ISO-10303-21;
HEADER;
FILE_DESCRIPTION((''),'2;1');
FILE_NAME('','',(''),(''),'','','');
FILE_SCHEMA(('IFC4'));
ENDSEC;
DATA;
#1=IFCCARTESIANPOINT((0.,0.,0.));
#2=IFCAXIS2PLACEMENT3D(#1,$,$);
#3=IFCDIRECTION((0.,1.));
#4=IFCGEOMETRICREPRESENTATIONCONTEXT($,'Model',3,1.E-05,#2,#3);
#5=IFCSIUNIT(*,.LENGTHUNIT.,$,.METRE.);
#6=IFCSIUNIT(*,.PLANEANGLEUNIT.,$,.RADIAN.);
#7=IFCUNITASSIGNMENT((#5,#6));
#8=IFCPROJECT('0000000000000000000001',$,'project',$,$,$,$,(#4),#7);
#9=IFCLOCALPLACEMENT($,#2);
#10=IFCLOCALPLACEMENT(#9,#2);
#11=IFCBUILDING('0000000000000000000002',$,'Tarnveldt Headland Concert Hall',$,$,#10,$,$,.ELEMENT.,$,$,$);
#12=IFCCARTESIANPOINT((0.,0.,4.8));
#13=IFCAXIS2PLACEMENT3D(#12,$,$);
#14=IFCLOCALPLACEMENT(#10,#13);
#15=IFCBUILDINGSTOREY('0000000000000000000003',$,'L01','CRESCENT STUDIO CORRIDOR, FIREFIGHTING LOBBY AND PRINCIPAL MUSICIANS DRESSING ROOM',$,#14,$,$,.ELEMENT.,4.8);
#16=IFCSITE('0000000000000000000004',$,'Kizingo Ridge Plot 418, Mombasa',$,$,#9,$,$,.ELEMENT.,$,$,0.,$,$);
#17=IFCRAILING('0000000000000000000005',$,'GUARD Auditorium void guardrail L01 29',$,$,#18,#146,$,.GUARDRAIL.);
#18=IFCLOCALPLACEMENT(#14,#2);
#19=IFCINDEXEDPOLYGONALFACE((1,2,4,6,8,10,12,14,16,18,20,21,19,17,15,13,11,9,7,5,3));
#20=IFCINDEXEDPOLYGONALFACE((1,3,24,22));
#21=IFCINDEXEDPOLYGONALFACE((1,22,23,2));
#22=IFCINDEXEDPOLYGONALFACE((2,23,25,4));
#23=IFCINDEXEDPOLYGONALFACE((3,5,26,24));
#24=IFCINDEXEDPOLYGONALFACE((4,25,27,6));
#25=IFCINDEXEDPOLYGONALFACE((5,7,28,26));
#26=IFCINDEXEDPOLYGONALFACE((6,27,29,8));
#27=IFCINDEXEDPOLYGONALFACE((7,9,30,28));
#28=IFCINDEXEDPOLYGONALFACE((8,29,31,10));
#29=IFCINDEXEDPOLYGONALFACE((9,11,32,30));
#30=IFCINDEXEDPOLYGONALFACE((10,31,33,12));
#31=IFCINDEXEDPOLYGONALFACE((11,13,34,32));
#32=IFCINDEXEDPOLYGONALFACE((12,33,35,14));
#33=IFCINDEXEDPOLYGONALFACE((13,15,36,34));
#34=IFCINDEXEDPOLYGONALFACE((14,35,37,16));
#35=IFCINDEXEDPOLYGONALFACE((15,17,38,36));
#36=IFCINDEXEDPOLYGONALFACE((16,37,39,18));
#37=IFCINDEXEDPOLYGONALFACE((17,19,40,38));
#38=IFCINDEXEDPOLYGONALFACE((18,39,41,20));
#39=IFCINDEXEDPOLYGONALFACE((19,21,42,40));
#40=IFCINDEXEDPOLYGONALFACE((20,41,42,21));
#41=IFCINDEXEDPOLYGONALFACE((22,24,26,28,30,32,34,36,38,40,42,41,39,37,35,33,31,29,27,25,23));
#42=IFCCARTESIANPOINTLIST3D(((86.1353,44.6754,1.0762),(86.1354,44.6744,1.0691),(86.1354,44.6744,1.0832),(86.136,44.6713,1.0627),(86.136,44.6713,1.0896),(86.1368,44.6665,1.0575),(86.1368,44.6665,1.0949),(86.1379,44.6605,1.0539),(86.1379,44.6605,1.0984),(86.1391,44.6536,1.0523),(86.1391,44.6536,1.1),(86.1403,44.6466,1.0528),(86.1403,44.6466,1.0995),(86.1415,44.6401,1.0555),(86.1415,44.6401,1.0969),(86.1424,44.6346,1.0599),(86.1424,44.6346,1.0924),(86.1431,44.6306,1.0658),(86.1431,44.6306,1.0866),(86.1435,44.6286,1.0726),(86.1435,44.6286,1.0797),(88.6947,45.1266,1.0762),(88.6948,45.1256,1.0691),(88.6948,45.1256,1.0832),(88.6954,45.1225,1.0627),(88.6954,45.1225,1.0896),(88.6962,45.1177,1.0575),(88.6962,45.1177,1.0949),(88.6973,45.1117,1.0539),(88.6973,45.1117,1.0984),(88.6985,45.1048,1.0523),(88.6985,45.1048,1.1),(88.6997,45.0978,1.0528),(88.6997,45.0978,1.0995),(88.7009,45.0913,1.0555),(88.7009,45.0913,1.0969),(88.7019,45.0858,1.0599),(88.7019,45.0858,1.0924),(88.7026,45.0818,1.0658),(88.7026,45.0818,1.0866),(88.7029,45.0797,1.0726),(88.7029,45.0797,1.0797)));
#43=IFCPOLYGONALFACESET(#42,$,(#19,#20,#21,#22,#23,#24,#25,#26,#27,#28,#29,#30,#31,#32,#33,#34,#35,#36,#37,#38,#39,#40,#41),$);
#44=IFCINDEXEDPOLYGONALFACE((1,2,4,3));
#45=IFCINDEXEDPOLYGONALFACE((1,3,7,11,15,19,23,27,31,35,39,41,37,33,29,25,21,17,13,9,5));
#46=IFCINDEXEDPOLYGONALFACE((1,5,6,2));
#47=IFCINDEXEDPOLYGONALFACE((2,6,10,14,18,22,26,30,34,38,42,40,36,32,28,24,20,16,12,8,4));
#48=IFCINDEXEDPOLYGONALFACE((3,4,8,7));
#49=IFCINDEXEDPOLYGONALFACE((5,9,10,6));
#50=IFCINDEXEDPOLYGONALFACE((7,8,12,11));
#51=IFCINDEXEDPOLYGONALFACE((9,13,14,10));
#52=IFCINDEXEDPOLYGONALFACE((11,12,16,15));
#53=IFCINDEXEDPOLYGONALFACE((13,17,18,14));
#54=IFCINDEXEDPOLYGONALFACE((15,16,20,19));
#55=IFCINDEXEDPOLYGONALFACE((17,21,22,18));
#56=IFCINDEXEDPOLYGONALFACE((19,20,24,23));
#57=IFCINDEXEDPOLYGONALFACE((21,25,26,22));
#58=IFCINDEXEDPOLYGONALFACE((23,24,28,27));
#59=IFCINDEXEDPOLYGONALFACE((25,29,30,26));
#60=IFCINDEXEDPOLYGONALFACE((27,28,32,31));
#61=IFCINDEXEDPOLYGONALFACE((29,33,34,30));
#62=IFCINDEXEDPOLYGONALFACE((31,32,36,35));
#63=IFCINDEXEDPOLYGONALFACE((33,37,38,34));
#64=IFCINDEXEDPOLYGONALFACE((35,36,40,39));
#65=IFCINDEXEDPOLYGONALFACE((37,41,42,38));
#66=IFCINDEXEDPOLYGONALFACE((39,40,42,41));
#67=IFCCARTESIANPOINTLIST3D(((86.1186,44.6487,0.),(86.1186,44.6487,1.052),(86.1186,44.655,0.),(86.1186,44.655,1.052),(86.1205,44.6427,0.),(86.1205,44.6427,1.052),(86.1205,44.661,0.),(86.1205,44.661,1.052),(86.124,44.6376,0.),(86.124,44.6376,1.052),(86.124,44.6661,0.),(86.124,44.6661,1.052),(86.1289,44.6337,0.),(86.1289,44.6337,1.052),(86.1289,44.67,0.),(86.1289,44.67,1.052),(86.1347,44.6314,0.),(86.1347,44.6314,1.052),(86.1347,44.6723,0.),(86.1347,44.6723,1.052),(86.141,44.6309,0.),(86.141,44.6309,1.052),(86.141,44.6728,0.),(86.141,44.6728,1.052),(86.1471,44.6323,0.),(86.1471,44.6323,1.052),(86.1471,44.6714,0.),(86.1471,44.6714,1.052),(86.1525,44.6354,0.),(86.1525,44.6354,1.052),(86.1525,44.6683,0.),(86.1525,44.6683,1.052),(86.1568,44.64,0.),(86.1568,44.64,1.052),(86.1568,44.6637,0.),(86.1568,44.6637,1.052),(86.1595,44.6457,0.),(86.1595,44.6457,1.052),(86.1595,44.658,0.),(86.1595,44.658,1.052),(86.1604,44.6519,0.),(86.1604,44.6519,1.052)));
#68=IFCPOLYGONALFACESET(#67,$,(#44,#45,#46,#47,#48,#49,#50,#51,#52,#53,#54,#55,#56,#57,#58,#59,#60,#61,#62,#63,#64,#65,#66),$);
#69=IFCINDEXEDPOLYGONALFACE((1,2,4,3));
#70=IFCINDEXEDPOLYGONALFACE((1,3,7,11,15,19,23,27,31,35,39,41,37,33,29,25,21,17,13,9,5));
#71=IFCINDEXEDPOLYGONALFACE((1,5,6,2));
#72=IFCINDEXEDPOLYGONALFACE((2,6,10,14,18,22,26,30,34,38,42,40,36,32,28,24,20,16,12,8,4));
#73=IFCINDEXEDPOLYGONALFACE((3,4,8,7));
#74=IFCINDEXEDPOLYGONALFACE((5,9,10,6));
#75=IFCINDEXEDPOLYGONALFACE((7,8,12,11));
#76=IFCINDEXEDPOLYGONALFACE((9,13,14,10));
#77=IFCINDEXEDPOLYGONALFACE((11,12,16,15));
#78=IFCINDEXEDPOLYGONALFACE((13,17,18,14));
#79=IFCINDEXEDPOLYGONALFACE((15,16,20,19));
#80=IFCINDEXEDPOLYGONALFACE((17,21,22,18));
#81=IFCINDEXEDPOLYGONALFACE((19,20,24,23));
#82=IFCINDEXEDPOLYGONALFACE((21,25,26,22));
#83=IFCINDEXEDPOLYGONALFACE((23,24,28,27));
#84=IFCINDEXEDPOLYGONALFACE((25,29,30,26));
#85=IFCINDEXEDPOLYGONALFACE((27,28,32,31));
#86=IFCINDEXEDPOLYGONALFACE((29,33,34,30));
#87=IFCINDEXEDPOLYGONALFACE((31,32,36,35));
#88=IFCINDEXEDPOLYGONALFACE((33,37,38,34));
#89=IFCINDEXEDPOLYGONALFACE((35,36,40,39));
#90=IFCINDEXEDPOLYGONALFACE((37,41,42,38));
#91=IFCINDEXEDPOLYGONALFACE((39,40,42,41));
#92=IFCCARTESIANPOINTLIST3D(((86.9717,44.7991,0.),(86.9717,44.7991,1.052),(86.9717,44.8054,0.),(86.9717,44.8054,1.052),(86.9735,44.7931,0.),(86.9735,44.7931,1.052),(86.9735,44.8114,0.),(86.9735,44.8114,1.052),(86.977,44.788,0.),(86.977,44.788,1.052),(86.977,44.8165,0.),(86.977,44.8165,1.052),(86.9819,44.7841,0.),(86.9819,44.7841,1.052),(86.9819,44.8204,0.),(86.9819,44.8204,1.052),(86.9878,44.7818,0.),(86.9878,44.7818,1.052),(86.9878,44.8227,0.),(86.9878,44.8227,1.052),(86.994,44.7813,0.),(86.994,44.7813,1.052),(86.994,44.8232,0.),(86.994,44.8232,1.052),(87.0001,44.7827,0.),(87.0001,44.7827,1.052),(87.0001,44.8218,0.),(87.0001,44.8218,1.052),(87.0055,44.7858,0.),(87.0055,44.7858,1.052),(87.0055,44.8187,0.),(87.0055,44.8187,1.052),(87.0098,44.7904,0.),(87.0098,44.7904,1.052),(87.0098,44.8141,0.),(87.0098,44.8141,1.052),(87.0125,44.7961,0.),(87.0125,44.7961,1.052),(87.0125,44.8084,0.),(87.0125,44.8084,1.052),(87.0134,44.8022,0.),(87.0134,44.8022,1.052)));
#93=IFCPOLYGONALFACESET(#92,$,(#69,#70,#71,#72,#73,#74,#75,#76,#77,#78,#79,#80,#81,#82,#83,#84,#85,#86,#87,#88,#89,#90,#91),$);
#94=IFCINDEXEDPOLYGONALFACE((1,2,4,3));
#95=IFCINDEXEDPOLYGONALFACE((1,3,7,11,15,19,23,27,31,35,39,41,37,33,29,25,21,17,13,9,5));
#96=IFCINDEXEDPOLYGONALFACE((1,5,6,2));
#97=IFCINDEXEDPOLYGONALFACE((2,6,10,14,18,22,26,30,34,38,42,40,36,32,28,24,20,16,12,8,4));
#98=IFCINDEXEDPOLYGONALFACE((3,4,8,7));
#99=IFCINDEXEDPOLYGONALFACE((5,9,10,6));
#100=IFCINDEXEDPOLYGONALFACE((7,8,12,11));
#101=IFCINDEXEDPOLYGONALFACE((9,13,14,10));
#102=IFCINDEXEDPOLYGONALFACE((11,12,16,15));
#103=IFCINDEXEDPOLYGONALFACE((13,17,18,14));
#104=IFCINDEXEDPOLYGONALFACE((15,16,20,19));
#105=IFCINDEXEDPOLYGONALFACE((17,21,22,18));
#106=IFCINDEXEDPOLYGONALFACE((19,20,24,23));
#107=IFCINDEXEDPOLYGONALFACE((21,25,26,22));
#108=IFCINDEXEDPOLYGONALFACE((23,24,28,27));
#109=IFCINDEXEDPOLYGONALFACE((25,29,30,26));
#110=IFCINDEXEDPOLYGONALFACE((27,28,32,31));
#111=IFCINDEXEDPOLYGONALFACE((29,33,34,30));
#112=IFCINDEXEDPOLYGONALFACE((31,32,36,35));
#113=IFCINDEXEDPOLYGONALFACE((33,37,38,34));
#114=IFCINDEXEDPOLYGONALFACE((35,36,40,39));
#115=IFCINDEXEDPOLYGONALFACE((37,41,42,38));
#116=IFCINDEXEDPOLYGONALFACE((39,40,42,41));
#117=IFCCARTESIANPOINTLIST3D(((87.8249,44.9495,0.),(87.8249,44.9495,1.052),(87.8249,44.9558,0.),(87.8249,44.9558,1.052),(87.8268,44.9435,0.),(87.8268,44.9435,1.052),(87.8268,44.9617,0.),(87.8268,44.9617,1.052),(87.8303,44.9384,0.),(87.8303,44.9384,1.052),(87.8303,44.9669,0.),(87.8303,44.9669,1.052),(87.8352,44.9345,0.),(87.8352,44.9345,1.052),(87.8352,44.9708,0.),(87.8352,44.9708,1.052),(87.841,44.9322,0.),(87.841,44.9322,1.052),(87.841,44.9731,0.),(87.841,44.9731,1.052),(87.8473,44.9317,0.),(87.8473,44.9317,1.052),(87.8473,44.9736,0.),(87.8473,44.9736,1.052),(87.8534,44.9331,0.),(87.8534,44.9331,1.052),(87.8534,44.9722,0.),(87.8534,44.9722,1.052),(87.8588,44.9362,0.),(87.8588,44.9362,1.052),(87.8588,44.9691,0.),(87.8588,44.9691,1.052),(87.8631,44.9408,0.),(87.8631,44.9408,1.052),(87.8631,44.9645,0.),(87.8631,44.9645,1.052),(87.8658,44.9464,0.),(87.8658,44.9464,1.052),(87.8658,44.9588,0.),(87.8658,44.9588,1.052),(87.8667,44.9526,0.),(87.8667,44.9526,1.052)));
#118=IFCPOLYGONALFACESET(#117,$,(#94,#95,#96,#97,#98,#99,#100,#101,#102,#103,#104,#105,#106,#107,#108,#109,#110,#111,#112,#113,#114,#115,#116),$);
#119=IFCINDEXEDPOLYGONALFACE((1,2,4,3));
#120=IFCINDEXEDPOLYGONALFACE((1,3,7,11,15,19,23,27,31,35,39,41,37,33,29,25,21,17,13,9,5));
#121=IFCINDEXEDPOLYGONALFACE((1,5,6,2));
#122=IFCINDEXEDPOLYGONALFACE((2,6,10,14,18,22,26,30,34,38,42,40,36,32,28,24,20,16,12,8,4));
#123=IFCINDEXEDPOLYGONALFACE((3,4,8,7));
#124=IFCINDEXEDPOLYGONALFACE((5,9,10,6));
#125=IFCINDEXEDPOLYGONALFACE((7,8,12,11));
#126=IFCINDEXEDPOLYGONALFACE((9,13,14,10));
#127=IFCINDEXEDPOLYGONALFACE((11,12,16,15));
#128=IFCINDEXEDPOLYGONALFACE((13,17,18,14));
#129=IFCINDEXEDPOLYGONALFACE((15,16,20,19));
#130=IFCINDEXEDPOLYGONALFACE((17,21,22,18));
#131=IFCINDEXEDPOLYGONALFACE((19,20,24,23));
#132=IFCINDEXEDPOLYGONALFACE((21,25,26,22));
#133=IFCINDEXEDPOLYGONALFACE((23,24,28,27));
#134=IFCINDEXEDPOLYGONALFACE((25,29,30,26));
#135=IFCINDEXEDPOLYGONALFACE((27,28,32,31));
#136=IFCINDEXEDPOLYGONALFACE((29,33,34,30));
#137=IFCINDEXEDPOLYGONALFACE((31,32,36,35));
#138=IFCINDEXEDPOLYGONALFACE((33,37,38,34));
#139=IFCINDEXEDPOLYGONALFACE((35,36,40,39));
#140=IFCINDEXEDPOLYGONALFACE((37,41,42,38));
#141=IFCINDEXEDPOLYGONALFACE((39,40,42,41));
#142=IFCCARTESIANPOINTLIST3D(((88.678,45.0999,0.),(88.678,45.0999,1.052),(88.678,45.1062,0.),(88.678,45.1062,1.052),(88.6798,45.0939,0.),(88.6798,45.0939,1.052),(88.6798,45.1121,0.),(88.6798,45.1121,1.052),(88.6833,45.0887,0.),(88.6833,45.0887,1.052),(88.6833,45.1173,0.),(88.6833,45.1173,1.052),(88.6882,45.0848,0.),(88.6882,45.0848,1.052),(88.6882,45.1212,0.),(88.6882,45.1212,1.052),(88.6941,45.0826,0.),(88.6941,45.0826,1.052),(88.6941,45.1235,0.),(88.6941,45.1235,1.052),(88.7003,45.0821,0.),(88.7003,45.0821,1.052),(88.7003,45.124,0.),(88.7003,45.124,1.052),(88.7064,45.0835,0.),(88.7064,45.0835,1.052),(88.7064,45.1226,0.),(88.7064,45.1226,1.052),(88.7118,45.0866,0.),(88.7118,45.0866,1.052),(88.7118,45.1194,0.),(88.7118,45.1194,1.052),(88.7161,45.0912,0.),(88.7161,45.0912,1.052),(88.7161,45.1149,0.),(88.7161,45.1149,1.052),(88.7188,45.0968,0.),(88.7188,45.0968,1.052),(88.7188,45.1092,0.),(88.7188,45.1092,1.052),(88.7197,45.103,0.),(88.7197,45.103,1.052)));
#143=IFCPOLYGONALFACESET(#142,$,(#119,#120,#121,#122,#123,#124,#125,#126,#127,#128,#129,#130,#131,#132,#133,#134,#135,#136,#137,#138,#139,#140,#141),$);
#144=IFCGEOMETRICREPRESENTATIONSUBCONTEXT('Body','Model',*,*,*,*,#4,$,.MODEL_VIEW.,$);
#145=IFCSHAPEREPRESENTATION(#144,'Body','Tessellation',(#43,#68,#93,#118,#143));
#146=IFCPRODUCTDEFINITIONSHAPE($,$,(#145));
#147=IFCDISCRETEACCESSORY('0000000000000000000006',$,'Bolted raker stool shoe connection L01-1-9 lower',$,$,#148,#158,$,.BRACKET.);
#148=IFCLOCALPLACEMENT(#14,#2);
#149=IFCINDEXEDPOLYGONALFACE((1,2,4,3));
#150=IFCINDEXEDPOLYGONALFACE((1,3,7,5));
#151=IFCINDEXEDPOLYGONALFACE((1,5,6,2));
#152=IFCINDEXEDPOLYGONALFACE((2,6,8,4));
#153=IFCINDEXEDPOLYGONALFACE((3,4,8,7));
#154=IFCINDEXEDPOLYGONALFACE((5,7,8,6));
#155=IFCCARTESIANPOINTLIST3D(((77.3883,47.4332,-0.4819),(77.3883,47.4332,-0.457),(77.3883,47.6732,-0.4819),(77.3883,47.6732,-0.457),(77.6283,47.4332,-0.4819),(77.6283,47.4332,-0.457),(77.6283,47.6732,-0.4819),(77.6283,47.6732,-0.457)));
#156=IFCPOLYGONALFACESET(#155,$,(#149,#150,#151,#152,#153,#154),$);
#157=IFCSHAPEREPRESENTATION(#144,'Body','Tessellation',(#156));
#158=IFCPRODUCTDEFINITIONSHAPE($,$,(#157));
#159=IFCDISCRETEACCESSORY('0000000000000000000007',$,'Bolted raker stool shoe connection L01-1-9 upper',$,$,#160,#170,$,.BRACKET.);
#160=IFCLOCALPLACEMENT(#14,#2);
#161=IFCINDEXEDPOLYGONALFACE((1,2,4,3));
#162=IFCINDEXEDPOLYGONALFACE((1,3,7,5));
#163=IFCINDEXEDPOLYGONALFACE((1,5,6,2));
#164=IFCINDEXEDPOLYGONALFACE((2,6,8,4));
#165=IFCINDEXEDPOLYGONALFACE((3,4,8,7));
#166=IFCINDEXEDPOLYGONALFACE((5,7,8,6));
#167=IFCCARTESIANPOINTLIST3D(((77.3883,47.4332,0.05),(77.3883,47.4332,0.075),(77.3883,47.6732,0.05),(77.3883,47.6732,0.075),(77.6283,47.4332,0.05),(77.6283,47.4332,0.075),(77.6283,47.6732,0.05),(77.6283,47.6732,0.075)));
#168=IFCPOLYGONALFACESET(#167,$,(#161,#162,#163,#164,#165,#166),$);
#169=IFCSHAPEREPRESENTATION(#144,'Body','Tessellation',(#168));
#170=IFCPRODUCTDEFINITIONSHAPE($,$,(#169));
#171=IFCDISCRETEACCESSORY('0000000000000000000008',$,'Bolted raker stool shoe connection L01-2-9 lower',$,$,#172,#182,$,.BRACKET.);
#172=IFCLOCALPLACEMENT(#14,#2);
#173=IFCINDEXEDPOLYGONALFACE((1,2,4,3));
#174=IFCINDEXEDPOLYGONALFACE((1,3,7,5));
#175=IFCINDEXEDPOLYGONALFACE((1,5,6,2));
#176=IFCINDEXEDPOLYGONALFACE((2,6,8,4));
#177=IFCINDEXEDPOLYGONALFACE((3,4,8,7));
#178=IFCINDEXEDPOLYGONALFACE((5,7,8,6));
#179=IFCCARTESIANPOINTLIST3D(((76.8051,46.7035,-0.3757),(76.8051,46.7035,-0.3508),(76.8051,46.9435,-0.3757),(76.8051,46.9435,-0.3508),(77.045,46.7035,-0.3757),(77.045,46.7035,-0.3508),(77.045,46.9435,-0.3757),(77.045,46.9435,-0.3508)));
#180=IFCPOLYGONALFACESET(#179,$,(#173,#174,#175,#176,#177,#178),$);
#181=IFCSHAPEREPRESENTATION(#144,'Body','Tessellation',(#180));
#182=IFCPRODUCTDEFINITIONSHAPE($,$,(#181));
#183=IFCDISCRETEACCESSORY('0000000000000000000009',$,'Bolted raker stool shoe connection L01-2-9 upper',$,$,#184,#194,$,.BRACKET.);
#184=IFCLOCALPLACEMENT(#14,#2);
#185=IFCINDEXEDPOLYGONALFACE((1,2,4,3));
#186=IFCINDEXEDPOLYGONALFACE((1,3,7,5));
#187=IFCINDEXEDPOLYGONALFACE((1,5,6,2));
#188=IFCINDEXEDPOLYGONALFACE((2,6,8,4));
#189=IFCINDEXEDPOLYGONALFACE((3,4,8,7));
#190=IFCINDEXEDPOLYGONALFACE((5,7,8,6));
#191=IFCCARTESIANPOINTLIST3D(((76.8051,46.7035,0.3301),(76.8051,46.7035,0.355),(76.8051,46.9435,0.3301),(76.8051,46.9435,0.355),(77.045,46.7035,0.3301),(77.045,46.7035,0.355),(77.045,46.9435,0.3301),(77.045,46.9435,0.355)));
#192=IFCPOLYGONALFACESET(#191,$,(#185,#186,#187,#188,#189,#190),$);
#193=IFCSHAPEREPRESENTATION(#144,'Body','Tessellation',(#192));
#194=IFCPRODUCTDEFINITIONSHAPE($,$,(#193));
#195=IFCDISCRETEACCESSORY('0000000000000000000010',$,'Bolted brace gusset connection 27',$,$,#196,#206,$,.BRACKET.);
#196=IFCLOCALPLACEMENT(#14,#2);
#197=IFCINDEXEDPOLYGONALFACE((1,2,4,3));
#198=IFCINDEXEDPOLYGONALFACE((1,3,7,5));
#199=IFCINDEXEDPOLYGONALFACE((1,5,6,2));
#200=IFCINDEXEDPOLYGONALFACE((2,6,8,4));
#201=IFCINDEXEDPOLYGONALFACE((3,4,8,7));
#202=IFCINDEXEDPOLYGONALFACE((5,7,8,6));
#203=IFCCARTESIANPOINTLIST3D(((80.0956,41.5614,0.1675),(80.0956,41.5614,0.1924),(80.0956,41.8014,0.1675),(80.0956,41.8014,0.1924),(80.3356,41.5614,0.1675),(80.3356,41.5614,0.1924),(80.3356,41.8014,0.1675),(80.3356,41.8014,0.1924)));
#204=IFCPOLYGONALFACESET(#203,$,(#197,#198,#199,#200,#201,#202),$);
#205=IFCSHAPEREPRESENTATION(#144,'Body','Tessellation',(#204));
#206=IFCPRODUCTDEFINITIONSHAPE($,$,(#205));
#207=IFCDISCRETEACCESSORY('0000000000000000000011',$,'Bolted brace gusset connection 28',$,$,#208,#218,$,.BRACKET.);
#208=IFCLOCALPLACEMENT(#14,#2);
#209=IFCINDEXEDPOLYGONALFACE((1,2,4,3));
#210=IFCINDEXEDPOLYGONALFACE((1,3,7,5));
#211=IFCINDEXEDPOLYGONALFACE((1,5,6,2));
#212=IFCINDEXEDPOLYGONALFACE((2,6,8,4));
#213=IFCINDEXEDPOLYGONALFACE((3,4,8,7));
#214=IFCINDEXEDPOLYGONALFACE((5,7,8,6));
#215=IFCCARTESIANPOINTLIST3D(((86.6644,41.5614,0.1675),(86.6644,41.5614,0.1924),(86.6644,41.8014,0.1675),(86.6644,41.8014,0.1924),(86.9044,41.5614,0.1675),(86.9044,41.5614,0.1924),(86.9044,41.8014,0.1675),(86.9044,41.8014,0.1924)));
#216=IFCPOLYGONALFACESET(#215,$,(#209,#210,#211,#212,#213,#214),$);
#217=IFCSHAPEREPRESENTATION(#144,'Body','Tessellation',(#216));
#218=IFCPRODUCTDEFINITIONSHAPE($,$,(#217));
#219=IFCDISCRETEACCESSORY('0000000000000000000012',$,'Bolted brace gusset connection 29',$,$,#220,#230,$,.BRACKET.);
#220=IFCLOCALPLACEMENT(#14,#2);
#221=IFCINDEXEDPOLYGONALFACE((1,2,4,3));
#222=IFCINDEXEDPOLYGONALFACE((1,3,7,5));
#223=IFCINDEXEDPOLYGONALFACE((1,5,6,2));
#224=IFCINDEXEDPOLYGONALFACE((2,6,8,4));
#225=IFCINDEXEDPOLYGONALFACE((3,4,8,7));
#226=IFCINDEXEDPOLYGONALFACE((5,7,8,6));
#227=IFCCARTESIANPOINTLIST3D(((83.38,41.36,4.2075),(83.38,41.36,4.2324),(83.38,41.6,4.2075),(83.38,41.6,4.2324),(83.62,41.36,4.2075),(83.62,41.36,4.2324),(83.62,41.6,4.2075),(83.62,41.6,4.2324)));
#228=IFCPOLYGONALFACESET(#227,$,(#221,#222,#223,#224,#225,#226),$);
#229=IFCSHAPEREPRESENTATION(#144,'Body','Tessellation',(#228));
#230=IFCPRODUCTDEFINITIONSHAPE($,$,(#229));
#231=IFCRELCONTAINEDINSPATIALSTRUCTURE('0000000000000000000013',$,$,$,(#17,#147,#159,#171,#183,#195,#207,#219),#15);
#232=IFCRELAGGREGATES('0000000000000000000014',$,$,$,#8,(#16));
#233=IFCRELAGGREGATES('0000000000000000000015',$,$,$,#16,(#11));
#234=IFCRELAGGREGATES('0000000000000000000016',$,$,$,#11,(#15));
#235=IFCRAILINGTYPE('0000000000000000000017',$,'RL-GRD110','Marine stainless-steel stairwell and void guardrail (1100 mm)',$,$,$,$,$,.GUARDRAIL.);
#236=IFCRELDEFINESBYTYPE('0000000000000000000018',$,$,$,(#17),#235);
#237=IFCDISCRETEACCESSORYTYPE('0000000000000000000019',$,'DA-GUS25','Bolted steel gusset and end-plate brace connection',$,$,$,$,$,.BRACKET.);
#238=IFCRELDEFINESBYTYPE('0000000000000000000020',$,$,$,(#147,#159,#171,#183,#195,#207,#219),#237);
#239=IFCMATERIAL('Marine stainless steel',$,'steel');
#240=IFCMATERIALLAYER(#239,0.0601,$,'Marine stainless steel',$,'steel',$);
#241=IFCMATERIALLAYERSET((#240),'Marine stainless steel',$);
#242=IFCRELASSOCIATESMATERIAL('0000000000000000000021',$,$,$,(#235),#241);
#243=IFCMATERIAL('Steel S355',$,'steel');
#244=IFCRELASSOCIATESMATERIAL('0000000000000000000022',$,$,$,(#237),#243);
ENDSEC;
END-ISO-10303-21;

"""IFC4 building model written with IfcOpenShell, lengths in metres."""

from ifc_helpers import new_model, si_unit, direction, frame, origin, origin_2d, place, context, subcontext, project, spatial, rectangle, circle, extrude, material, layer, layer_set, type_object, element, save


model = new_model("IFC4")

# Units and contexts
model_context = context("Model", 3, precision=1e-05, world=origin(), true_north=direction((0.0, 1.0)))
body_context = subcontext(model_context, "Body", "Model", "MODEL_VIEW")
ifc_project = project(units=[si_unit("LENGTHUNIT", "METRE"), si_unit("PLANEANGLEUNIT", "RADIAN")], contexts=[model_context])

# Site, building, storey
site_placement = place(None, origin())
site = spatial("IfcSite", under=ifc_project, at=site_placement, Name="Kizingo Ridge Plot 418, Mombasa", CompositionType="ELEMENT", RefElevation=0.0)
building_placement = place(site_placement, origin())
building = spatial("IfcBuilding", under=site, at=building_placement, Name="Tarnveldt Headland Concert Hall", CompositionType="ELEMENT")
storey_placement = place(building_placement, frame((0.0, 0.0, 4.8)))
storey = spatial("IfcBuildingStorey", under=building, at=storey_placement, Name="L01", Description="CRESCENT STUDIO CORRIDOR, FIREFIGHTING LOBBY AND PRINCIPAL MUSICIANS DRESSING ROOM", CompositionType="ELEMENT", Elevation=4.8)

# Shared definitions
ifc_material_1 = material(Name="Steel S355", Category="steel")

# Railing
ifc_material_2 = material(Name="Marine stainless steel", Category="steel")
ifc_layer_1 = layer(ifc_material_2, 0.0601, Name="Marine stainless steel", Category="steel")
ifc_layer_set_1 = layer_set([ifc_layer_1], Name="Marine stainless steel")
railing_type = type_object("IfcRailingType", Name="RL-GRD110", Description="Marine stainless-steel stairwell and void guardrail (1100 mm)", PredefinedType="GUARDRAIL", material=ifc_layer_set_1)
railing_1_placement = place(storey_placement, frame((86.1394, 44.6519, 0.0)))
element("IfcRailing", 1, at=railing_1_placement, inside=storey, type_object=railing_type, Name="GUARD Auditorium void guardrail L01 29", PredefinedType="GUARDRAIL", context=body_context, shape_type="SweptSolid", body=[
    extrude(circle(Radius=0.0239, at=origin_2d()), frame((0.0, 0.0, 1.0762), z_axis=(0.984815, 0.173608, 0.0), x_axis=(-0.173608, 0.984815, 0.0)), (0.0, 0.0, 1.0), 2.5989),
    extrude(circle(Radius=0.021, at=origin_2d()), origin(), (0.0, 0.0, 1.0), 1.052),
    extrude(circle(Radius=0.021, at=origin_2d()), frame((0.853, 0.1504, 0.0)), (0.0, 0.0, 1.0), 1.052),
    extrude(circle(Radius=0.021, at=origin_2d()), frame((1.7063, 0.3008, 0.0)), (0.0, 0.0, 1.0), 1.052),
    extrude(circle(Radius=0.021, at=origin_2d()), frame((2.5593, 0.4512, 0.0)), (0.0, 0.0, 1.0), 1.052),
])

# Discrete accessories
discrete_accessory_type = type_object("IfcDiscreteAccessoryType", Name="DA-GUS25", Description="Bolted steel gusset and end-plate brace connection", PredefinedType="BRACKET", material=ifc_material_1)
for number, where, z_axis, x_axis, name in (
    (2, (77.5083, 47.5532, -0.4819), (0.0, 0.0, 1.0), (1.0, 0.0, 0.0), "Bolted raker stool shoe connection L01-1-9 lower"),
    (3, (77.5083, 47.5532, 0.05), (0.0, 0.0, 1.0), (1.0, 0.0, 0.0), "Bolted raker stool shoe connection L01-1-9 upper"),
    (4, (76.925, 46.8235, -0.3757), (0.0, 0.0, 1.0), (1.0, 0.0, 0.0), "Bolted raker stool shoe connection L01-2-9 lower"),
    (5, (76.925, 46.8235, 0.3301), (0.0, 0.0, 1.0), (1.0, 0.0, 0.0), "Bolted raker stool shoe connection L01-2-9 upper"),
    (6, (80.2156, 41.6814, 0.1675), (0.0, 0.0, 1.0), (1.0, 0.0, 0.0), "Bolted brace gusset connection 27"),
    (7, (86.7844, 41.6814, 0.1675), (0.0, 0.0, 1.0), (1.0, 0.0, 0.0), "Bolted brace gusset connection 28"),
    (8, (83.5, 41.48, 4.2075), (0.0, 0.0, 1.0), (1.0, 0.0, 0.0), "Bolted brace gusset connection 29"),
):
    element("IfcDiscreteAccessory", number, at=place(storey_placement, frame(where, z_axis=z_axis, x_axis=x_axis)), inside=storey, type_object=discrete_accessory_type, Name=name, PredefinedType="BRACKET", context=body_context, shape_type="SweptSolid", body=[
        extrude(rectangle(XDim=0.24, YDim=0.24, at=origin_2d()), origin(), (0.0, 0.0, 1.0), 0.0249),
    ])

save(model, "model.ifc")
